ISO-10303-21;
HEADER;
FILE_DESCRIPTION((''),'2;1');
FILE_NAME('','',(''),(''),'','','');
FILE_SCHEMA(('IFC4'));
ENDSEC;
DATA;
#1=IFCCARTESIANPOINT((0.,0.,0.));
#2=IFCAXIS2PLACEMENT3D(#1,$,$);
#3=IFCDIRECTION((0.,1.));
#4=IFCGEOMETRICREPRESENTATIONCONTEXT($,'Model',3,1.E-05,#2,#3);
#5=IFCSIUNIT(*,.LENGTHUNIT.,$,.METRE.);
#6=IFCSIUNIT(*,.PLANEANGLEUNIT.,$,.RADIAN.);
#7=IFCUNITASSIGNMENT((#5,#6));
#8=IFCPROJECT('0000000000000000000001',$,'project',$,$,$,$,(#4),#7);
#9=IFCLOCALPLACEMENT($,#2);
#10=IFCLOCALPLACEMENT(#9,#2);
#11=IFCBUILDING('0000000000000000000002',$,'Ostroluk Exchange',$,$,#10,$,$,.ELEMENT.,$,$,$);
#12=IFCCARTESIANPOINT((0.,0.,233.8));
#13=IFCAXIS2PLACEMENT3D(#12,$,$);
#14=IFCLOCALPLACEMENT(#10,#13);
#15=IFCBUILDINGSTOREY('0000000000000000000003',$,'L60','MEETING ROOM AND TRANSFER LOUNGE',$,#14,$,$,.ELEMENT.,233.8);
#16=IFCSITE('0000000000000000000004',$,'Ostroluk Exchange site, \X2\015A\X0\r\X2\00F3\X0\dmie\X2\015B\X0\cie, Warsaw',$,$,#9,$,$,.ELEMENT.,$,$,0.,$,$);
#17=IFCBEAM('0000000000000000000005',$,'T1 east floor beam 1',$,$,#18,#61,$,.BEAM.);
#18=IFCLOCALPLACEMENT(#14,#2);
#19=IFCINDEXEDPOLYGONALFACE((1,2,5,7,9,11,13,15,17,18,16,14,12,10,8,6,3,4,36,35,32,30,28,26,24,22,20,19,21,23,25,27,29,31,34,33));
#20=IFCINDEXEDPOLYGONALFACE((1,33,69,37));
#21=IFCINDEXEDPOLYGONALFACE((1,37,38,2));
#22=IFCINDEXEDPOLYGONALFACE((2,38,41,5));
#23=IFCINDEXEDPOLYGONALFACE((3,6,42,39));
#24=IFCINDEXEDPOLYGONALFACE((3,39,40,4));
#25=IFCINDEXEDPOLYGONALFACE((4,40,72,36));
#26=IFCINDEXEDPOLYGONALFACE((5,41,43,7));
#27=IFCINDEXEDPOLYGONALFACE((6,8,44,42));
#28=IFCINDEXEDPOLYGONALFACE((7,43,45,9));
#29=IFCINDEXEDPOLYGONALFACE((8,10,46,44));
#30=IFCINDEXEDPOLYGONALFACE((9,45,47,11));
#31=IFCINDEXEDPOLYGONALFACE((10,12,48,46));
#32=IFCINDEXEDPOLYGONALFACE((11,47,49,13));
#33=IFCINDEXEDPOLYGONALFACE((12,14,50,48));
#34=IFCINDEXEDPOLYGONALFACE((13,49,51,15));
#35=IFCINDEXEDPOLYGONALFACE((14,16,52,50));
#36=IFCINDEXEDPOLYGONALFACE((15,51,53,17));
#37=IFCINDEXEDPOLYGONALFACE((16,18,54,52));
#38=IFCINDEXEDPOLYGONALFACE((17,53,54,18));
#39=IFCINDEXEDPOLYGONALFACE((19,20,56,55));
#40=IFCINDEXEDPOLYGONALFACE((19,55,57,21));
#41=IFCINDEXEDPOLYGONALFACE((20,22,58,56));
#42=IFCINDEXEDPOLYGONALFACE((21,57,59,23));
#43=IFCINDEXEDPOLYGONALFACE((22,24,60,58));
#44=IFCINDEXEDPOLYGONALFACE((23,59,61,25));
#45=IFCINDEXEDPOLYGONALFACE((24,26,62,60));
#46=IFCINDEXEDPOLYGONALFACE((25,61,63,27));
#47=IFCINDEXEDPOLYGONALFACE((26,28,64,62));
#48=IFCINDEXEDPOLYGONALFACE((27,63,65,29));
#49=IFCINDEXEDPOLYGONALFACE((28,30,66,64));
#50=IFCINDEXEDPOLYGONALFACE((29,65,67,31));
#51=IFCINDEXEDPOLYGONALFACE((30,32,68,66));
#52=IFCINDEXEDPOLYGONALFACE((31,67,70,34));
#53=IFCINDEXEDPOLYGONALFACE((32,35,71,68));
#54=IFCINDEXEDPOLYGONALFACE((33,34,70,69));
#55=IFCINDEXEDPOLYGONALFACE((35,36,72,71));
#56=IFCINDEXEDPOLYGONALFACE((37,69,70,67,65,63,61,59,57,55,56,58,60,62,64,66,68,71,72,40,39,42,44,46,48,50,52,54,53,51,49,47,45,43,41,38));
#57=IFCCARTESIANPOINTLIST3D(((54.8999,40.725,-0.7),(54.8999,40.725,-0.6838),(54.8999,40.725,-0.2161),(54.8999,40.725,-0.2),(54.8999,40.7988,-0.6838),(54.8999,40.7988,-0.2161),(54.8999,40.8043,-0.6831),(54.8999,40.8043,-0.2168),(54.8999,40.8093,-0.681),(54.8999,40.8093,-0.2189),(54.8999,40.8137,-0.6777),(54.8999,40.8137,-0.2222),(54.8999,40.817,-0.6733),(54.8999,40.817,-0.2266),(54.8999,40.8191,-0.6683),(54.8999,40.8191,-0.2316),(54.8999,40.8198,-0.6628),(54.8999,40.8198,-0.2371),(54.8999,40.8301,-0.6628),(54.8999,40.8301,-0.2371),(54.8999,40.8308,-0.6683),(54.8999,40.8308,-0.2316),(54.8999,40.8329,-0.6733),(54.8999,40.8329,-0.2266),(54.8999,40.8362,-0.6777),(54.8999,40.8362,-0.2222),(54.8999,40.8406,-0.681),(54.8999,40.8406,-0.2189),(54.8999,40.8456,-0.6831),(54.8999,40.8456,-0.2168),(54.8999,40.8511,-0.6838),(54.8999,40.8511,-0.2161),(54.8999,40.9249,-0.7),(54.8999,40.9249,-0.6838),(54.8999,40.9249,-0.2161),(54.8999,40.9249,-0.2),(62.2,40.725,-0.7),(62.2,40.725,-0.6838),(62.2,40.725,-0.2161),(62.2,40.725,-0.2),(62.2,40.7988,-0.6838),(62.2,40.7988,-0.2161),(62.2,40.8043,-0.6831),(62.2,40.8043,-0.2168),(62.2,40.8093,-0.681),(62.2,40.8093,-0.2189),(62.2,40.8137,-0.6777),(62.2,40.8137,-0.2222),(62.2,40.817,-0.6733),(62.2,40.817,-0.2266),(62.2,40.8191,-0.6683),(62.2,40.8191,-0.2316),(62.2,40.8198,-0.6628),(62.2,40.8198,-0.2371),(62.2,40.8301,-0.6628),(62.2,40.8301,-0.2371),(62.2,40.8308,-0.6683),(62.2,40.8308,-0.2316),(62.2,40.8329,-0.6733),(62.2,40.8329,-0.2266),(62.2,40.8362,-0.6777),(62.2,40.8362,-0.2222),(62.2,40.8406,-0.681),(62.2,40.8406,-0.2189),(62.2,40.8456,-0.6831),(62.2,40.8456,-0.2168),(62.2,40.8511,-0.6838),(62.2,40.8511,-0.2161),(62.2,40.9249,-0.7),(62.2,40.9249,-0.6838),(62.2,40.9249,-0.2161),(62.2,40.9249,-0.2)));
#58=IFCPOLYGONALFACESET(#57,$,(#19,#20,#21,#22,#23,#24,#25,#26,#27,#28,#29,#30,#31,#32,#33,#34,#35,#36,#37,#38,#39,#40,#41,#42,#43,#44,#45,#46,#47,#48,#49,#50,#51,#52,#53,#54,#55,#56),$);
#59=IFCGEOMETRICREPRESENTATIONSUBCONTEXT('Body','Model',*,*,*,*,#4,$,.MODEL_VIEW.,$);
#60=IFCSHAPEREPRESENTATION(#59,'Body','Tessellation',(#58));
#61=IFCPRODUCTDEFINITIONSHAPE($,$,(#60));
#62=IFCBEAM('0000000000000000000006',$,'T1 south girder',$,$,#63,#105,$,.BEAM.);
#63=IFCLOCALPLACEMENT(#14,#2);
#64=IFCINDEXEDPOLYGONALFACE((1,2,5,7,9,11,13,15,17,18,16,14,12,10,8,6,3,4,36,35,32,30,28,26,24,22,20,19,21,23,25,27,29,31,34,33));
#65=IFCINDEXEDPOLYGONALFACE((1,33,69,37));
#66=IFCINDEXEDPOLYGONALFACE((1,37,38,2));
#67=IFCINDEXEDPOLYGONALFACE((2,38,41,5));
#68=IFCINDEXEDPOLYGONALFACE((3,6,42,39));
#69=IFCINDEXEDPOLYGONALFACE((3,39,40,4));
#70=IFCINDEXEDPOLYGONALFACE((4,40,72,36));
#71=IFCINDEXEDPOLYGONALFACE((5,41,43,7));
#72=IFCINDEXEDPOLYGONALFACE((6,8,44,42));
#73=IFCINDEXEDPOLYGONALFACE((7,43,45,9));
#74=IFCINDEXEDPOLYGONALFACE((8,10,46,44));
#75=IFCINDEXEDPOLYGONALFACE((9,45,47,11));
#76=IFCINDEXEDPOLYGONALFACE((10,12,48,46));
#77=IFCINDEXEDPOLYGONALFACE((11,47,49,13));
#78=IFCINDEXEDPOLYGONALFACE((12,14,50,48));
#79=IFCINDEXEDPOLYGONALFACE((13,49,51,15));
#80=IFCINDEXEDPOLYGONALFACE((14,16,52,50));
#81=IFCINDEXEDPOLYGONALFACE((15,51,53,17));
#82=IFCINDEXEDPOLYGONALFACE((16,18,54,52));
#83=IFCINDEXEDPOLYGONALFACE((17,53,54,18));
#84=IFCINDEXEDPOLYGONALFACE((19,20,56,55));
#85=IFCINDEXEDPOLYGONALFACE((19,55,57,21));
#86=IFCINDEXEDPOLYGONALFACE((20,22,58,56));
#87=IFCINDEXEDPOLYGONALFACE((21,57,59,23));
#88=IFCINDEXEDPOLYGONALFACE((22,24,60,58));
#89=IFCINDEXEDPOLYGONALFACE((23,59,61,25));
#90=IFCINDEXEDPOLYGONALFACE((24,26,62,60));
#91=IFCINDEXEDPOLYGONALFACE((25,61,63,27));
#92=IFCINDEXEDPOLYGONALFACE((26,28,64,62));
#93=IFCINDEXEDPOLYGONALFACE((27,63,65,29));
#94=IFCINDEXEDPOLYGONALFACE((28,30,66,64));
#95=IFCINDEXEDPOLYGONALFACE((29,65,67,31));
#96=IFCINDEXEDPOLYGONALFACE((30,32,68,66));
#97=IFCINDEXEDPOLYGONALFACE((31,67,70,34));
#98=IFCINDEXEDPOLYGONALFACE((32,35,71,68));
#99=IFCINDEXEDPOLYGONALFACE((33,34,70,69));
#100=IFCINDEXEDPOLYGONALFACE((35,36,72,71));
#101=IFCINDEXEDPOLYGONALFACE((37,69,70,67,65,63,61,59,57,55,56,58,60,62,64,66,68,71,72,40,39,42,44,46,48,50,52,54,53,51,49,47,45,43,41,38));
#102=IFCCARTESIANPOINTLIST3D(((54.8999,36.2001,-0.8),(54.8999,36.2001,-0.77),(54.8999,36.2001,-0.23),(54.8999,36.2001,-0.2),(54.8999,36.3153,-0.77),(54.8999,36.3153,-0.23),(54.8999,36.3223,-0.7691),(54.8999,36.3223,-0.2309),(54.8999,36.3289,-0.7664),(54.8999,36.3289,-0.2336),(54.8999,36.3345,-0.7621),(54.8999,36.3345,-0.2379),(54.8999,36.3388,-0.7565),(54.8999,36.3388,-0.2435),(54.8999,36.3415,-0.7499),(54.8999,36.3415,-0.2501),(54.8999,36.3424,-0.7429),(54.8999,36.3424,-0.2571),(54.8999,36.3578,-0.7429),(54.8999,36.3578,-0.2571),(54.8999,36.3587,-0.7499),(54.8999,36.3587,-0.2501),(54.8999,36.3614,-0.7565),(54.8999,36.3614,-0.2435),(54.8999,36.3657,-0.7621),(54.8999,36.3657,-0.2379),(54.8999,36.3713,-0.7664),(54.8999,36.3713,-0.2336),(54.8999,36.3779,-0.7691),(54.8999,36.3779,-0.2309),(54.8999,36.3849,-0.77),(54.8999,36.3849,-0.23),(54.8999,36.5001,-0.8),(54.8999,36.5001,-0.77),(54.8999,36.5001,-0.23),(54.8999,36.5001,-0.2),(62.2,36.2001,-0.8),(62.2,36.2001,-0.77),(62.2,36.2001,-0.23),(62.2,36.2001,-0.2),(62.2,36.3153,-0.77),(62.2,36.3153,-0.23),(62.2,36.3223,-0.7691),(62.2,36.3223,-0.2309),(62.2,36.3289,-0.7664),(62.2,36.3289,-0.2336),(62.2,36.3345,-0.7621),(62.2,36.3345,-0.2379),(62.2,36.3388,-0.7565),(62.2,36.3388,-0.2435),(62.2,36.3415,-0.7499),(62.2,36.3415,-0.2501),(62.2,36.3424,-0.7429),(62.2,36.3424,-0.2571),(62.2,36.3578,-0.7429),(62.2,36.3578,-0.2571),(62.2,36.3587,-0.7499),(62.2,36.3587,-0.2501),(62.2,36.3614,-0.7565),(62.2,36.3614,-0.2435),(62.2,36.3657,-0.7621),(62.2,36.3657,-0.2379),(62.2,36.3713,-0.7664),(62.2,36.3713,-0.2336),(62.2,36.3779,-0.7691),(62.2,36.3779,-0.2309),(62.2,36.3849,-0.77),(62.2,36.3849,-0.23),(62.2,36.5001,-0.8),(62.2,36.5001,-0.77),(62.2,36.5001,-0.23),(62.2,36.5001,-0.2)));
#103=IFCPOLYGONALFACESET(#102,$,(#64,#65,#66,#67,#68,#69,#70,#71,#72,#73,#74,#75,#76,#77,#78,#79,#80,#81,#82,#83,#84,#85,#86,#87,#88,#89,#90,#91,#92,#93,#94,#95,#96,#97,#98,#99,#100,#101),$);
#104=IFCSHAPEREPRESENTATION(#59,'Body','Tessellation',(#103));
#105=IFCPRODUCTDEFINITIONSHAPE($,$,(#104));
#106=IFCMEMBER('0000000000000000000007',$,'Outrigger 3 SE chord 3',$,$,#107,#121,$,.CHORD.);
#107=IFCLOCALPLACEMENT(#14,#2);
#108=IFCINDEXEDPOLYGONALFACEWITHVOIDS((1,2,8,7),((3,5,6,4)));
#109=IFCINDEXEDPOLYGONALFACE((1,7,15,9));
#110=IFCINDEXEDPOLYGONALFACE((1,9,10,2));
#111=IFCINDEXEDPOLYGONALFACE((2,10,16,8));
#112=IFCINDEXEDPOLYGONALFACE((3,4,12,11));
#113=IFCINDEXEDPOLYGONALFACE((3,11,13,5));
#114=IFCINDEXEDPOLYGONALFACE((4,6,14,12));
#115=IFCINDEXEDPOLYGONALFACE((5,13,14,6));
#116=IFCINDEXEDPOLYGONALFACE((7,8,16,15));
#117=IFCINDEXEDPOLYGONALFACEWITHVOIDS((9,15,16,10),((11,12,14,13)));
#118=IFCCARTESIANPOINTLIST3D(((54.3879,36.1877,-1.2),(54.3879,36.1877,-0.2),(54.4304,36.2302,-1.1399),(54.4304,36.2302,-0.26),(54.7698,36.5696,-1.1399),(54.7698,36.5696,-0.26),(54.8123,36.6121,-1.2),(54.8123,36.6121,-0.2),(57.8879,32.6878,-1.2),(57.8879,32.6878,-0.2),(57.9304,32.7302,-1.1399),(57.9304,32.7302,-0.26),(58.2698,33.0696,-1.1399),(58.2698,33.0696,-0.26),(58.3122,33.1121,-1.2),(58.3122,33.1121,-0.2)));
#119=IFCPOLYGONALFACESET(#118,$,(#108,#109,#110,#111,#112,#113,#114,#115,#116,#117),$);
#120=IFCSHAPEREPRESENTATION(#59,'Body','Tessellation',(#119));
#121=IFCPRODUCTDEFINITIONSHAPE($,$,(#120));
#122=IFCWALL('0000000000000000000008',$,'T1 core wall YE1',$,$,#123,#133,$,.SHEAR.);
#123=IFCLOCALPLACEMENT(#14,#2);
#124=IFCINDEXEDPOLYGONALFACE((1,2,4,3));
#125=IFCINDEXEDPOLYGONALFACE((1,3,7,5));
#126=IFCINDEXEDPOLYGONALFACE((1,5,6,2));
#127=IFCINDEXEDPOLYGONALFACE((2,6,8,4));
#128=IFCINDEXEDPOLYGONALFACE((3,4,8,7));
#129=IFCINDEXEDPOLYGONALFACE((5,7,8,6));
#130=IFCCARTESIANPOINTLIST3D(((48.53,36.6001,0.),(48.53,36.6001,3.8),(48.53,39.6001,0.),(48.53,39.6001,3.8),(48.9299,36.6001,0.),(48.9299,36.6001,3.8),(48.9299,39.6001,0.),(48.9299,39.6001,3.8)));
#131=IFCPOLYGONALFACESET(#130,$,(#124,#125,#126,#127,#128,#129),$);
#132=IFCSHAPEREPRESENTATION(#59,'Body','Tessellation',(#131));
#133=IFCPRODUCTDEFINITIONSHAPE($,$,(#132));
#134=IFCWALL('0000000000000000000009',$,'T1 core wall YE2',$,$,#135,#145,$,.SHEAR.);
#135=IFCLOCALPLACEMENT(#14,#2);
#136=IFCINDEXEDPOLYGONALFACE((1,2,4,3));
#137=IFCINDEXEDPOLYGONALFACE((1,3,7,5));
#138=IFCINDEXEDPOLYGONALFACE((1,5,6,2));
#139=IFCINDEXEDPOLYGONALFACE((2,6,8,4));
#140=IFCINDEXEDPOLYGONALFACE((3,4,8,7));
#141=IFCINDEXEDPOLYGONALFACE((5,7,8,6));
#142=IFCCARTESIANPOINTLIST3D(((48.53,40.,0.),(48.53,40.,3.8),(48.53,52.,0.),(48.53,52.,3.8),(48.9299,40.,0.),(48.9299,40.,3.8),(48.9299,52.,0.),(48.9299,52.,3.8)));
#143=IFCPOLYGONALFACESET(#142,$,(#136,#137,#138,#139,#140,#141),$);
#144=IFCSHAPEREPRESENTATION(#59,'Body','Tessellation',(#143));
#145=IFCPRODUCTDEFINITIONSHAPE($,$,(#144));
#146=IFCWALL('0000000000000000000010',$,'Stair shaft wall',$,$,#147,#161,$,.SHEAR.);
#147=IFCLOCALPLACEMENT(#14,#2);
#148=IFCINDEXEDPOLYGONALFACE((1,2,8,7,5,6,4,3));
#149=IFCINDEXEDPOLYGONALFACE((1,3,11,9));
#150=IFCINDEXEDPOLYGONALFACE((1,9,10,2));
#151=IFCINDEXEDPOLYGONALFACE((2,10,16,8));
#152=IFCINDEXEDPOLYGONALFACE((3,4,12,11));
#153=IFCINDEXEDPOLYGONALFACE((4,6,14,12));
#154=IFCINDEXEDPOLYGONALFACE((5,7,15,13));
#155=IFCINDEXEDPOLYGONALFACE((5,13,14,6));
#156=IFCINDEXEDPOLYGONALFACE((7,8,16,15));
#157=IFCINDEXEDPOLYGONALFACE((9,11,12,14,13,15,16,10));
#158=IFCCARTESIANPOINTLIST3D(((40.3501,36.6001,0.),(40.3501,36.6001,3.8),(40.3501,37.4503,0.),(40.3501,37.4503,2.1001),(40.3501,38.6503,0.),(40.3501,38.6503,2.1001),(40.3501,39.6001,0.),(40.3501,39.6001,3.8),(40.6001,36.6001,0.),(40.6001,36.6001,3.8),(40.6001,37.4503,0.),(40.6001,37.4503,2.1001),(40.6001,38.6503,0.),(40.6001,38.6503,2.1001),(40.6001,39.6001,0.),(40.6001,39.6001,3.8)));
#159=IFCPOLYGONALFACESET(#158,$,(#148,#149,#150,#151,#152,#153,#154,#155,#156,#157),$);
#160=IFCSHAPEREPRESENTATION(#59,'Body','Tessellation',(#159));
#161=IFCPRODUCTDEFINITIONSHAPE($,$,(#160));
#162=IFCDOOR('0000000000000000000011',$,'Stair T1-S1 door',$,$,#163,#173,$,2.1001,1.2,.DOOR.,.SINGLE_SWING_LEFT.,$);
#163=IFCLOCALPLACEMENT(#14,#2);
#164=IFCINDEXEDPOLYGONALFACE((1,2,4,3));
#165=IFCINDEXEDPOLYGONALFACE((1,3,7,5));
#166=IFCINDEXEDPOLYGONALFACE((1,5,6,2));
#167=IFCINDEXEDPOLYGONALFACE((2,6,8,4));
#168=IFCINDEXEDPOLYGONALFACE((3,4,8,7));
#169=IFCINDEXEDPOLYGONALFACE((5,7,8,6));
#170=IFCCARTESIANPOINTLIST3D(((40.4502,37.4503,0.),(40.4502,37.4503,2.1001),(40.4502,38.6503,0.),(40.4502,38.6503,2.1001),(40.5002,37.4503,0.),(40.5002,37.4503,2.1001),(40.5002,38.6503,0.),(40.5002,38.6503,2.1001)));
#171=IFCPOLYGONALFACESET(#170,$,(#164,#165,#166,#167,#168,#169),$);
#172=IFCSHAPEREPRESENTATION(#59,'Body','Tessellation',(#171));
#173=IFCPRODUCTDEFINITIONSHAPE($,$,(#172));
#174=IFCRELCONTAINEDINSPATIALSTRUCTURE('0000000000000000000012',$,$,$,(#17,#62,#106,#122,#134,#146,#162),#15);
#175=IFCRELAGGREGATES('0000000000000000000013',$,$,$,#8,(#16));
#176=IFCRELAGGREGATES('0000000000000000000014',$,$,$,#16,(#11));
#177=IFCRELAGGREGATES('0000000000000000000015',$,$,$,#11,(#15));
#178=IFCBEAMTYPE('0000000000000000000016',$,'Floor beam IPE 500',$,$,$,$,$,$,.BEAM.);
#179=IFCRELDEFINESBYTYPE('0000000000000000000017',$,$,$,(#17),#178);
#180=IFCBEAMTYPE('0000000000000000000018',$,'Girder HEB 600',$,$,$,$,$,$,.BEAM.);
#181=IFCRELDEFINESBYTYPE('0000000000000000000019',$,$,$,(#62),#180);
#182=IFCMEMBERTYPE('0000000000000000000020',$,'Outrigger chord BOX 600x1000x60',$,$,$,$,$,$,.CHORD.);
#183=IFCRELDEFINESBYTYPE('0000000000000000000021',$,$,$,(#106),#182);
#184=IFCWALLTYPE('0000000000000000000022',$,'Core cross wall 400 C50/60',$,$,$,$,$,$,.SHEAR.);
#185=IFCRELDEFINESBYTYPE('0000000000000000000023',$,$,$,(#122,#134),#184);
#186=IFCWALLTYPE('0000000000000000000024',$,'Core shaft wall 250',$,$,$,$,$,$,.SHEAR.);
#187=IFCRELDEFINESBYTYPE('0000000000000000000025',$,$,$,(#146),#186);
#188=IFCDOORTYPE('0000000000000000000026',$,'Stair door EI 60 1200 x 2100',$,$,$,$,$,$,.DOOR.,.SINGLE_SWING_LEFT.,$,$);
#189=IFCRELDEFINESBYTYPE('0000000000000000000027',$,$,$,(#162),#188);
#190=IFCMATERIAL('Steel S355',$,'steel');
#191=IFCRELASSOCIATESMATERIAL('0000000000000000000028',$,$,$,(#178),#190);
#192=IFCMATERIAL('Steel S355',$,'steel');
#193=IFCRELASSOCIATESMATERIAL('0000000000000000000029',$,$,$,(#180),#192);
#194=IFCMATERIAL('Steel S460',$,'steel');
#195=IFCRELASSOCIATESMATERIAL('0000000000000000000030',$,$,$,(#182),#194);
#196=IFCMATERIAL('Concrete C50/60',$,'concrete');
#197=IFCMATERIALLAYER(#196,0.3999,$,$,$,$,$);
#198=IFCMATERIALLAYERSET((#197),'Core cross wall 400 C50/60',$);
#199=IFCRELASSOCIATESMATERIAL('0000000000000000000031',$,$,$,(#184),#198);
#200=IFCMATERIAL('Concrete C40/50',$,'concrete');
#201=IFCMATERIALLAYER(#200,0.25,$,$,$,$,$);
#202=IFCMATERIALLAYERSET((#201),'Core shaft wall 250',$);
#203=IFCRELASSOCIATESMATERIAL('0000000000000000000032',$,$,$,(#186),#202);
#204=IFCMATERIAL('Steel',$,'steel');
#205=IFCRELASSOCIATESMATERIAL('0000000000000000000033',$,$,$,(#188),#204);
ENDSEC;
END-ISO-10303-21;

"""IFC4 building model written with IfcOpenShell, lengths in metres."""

from ifc_helpers import new_model, si_unit, direction, frame, frame_2d, origin, origin_2d, place, context, subcontext, project, spatial, rectangle, hollow_rectangle, i_section, extrude, material, layer, layer_set, material_profile, profile_set, type_object, element, fill, save


model = new_model("IFC4")

# Units and contexts
model_context = context("Model", 3, precision=1e-05, world=origin(), true_north=direction((0.0, 1.0)))
body_context = subcontext(model_context, "Body", "Model", "MODEL_VIEW")
ifc_project = project(units=[si_unit("LENGTHUNIT", "METRE"), si_unit("PLANEANGLEUNIT", "RADIAN")], contexts=[model_context])

# Site, building, storey
site_placement = place(None, origin())
site = spatial("IfcSite", under=ifc_project, at=site_placement, Name="Ostroluk Exchange site, Śródmieście, Warsaw", CompositionType="ELEMENT", RefElevation=0.0)
building_placement = place(site_placement, origin())
building = spatial("IfcBuilding", under=site, at=building_placement, Name="Ostroluk Exchange", CompositionType="ELEMENT")
storey_placement = place(building_placement, frame((0.0, 0.0, 233.8)))
storey = spatial("IfcBuildingStorey", under=building, at=storey_placement, Name="L60", Description="MEETING ROOM AND TRANSFER LOUNGE", CompositionType="ELEMENT", Elevation=233.8)

# Beams
ifc_material_1 = material(Name="Steel S355", Category="steel")
ifc_material_profile_1 = material_profile(ifc_material_1, i_section(OverallWidth=0.2, OverallDepth=0.5, WebThickness=0.0103, FlangeThickness=0.0161, FilletRadius=0.021, at=origin_2d()), Name="IPE 500")
ifc_profile_set_1 = profile_set([ifc_material_profile_1], Name="Steel S355")
beam_type_1 = type_object("IfcBeamType", Name="Floor beam IPE 500", PredefinedType="BEAM", material=ifc_profile_set_1)
beam_1_placement = place(storey_placement, frame((54.8999, 40.825, -0.45), z_axis=(1.0, 0.0, 0.0), x_axis=(0.0, 1.0, 0.0)))
element("IfcBeam", 1, at=beam_1_placement, inside=storey, type_object=beam_type_1, Name="T1 east floor beam 1", PredefinedType="BEAM", context=body_context, shape_type="SweptSolid", body=[
    extrude(i_section(OverallWidth=0.2, OverallDepth=0.5, WebThickness=0.0103, FlangeThickness=0.0161, FilletRadius=0.021, at=origin_2d()), origin(), (0.0, 0.0, 1.0), 7.3),
])
ifc_material_2 = material(Name="Steel S355", Category="steel")
ifc_material_profile_2 = material_profile(ifc_material_2, i_section(OverallWidth=0.3, OverallDepth=0.6001, WebThickness=0.0154, FlangeThickness=0.03, FilletRadius=0.0271, at=origin_2d()), Name="HEB 600")
ifc_profile_set_2 = profile_set([ifc_material_profile_2], Name="Steel S355")
beam_type_2 = type_object("IfcBeamType", Name="Girder HEB 600", PredefinedType="BEAM", material=ifc_profile_set_2)
beam_2_placement = place(storey_placement, frame((54.8999, 36.3501, -0.5), z_axis=(1.0, 0.0, 0.0), x_axis=(0.0, 1.0, 0.0)))
element("IfcBeam", 2, at=beam_2_placement, inside=storey, type_object=beam_type_2, Name="T1 south girder", PredefinedType="BEAM", context=body_context, shape_type="SweptSolid", body=[
    extrude(i_section(OverallWidth=0.3, OverallDepth=0.6001, WebThickness=0.0154, FlangeThickness=0.03, FilletRadius=0.0271, at=origin_2d()), origin(), (0.0, 0.0, 1.0), 7.3),
])

# Member
ifc_material_3 = material(Name="Steel S460", Category="steel")
ifc_material_profile_3 = material_profile(ifc_material_3, hollow_rectangle(XDim=0.6001, YDim=1.0, WallThickness=0.0601, at=origin_2d()), Name="BOX 600x1000x60")
ifc_profile_set_3 = profile_set([ifc_material_profile_3], Name="Steel S460")
member_type = type_object("IfcMemberType", Name="Outrigger chord BOX 600x1000x60", PredefinedType="CHORD", material=ifc_profile_set_3)
member_placement = place(storey_placement, frame((54.6001, 36.3999, -0.7), z_axis=(0.707107, -0.707107, 0.0), x_axis=(0.707107, 0.707107, 0.0)))
element("IfcMember", 3, at=member_placement, inside=storey, type_object=member_type, Name="Outrigger 3 SE chord 3", PredefinedType="CHORD", context=body_context, shape_type="SweptSolid", body=[
    extrude(hollow_rectangle(XDim=0.6001, YDim=1.0, WallThickness=0.0601, at=origin_2d()), origin(), (0.0, 0.0, 1.0), 4.9497),
])

# Walls
ifc_material_4 = material(Name="Concrete C50/60", Category="concrete")
ifc_layer_1 = layer(ifc_material_4, 0.3999)
ifc_layer_set_1 = layer_set([ifc_layer_1], Name="Core cross wall 400 C50/60")
wall_type_1 = type_object("IfcWallType", Name="Core cross wall 400 C50/60", PredefinedType="SHEAR", material=ifc_layer_set_1)
wall_1_placement = place(storey_placement, frame((48.73, 36.6001, 0.0), z_axis=(0.0, 0.0, 1.0), x_axis=(0.0, 1.0, 0.0)))
element("IfcWall", 4, at=wall_1_placement, inside=storey, type_object=wall_type_1, Name="T1 core wall YE1", PredefinedType="SHEAR", context=body_context, shape_type="SweptSolid", body=[
    extrude(rectangle(XDim=3.0, YDim=0.3999, at=frame_2d((1.5, 0.0))), origin(), (0.0, 0.0, 1.0), 3.8),
])
wall_2_placement = place(storey_placement, frame((48.73, 40.0, 0.0), z_axis=(0.0, 0.0, 1.0), x_axis=(0.0, 1.0, 0.0)))
element("IfcWall", 5, at=wall_2_placement, inside=storey, type_object=wall_type_1, Name="T1 core wall YE2", PredefinedType="SHEAR", context=body_context, shape_type="SweptSolid", body=[
    extrude(rectangle(XDim=12.0, YDim=0.3999, at=frame_2d((6.0, 0.0))), origin(), (0.0, 0.0, 1.0), 3.8),
])

# Wall, opening, door
ifc_material_5 = material(Name="Concrete C40/50", Category="concrete")
ifc_layer_2 = layer(ifc_material_5, 0.25)
ifc_layer_set_2 = layer_set([ifc_layer_2], Name="Core shaft wall 250")
wall_type_2 = type_object("IfcWallType", Name="Core shaft wall 250", PredefinedType="SHEAR", material=ifc_layer_set_2)
wall_3_placement = place(storey_placement, frame((40.4751, 36.6001, 0.0), z_axis=(0.0, 0.0, 1.0), x_axis=(0.0, 1.0, 0.0)))
wall_3 = element("IfcWall", 6, at=wall_3_placement, inside=storey, type_object=wall_type_2, Name="Stair shaft wall", PredefinedType="SHEAR", context=body_context, shape_type="SweptSolid", body=[
    extrude(rectangle(XDim=3.0, YDim=0.25, at=frame_2d((1.5, 0.0))), origin(), (0.0, 0.0, 1.0), 3.8),
])
opening_1_placement = place(wall_3_placement, frame((0.8501, 0.0, 0.0)))
opening_1 = element("IfcOpeningElement", 7, at=opening_1_placement, cuts=wall_3, PredefinedType="OPENING", context=body_context, shape_type="SweptSolid", body=[
    extrude(rectangle(XDim=1.2, YDim=2.1001, at=frame_2d((0.6001, 1.05))), frame((0.0, 0.135, 0.0), z_axis=(0.0, -1.0, 0.0), x_axis=(1.0, 0.0, 0.0)), (0.0, 0.0, 1.0), 0.27),
])
ifc_material_6 = material(Name="Steel", Category="steel")
door_type_1 = type_object("IfcDoorType", Name="Stair door EI 60 1200 x 2100", OperationType="SINGLE_SWING_LEFT", PredefinedType="DOOR", material=ifc_material_6)
door_1_placement = place(opening_1_placement, origin())
door_1 = element("IfcDoor", 8, at=door_1_placement, inside=storey, type_object=door_type_1, Name="Stair T1-S1 door", OperationType="SINGLE_SWING_LEFT", OverallHeight=2.1001, OverallWidth=1.2, PredefinedType="DOOR", context=body_context, shape_type="SweptSolid", body=[
    extrude(rectangle(XDim=1.2, YDim=2.1001, at=frame_2d((0.6001, 1.05))), frame((0.0, 0.0249, 0.0), z_axis=(0.0, -1.0, 0.0), x_axis=(1.0, 0.0, 0.0)), (0.0, 0.0, 1.0), 0.05),
])
fill(opening_1, door_1)

save(model, "model.ifc")
